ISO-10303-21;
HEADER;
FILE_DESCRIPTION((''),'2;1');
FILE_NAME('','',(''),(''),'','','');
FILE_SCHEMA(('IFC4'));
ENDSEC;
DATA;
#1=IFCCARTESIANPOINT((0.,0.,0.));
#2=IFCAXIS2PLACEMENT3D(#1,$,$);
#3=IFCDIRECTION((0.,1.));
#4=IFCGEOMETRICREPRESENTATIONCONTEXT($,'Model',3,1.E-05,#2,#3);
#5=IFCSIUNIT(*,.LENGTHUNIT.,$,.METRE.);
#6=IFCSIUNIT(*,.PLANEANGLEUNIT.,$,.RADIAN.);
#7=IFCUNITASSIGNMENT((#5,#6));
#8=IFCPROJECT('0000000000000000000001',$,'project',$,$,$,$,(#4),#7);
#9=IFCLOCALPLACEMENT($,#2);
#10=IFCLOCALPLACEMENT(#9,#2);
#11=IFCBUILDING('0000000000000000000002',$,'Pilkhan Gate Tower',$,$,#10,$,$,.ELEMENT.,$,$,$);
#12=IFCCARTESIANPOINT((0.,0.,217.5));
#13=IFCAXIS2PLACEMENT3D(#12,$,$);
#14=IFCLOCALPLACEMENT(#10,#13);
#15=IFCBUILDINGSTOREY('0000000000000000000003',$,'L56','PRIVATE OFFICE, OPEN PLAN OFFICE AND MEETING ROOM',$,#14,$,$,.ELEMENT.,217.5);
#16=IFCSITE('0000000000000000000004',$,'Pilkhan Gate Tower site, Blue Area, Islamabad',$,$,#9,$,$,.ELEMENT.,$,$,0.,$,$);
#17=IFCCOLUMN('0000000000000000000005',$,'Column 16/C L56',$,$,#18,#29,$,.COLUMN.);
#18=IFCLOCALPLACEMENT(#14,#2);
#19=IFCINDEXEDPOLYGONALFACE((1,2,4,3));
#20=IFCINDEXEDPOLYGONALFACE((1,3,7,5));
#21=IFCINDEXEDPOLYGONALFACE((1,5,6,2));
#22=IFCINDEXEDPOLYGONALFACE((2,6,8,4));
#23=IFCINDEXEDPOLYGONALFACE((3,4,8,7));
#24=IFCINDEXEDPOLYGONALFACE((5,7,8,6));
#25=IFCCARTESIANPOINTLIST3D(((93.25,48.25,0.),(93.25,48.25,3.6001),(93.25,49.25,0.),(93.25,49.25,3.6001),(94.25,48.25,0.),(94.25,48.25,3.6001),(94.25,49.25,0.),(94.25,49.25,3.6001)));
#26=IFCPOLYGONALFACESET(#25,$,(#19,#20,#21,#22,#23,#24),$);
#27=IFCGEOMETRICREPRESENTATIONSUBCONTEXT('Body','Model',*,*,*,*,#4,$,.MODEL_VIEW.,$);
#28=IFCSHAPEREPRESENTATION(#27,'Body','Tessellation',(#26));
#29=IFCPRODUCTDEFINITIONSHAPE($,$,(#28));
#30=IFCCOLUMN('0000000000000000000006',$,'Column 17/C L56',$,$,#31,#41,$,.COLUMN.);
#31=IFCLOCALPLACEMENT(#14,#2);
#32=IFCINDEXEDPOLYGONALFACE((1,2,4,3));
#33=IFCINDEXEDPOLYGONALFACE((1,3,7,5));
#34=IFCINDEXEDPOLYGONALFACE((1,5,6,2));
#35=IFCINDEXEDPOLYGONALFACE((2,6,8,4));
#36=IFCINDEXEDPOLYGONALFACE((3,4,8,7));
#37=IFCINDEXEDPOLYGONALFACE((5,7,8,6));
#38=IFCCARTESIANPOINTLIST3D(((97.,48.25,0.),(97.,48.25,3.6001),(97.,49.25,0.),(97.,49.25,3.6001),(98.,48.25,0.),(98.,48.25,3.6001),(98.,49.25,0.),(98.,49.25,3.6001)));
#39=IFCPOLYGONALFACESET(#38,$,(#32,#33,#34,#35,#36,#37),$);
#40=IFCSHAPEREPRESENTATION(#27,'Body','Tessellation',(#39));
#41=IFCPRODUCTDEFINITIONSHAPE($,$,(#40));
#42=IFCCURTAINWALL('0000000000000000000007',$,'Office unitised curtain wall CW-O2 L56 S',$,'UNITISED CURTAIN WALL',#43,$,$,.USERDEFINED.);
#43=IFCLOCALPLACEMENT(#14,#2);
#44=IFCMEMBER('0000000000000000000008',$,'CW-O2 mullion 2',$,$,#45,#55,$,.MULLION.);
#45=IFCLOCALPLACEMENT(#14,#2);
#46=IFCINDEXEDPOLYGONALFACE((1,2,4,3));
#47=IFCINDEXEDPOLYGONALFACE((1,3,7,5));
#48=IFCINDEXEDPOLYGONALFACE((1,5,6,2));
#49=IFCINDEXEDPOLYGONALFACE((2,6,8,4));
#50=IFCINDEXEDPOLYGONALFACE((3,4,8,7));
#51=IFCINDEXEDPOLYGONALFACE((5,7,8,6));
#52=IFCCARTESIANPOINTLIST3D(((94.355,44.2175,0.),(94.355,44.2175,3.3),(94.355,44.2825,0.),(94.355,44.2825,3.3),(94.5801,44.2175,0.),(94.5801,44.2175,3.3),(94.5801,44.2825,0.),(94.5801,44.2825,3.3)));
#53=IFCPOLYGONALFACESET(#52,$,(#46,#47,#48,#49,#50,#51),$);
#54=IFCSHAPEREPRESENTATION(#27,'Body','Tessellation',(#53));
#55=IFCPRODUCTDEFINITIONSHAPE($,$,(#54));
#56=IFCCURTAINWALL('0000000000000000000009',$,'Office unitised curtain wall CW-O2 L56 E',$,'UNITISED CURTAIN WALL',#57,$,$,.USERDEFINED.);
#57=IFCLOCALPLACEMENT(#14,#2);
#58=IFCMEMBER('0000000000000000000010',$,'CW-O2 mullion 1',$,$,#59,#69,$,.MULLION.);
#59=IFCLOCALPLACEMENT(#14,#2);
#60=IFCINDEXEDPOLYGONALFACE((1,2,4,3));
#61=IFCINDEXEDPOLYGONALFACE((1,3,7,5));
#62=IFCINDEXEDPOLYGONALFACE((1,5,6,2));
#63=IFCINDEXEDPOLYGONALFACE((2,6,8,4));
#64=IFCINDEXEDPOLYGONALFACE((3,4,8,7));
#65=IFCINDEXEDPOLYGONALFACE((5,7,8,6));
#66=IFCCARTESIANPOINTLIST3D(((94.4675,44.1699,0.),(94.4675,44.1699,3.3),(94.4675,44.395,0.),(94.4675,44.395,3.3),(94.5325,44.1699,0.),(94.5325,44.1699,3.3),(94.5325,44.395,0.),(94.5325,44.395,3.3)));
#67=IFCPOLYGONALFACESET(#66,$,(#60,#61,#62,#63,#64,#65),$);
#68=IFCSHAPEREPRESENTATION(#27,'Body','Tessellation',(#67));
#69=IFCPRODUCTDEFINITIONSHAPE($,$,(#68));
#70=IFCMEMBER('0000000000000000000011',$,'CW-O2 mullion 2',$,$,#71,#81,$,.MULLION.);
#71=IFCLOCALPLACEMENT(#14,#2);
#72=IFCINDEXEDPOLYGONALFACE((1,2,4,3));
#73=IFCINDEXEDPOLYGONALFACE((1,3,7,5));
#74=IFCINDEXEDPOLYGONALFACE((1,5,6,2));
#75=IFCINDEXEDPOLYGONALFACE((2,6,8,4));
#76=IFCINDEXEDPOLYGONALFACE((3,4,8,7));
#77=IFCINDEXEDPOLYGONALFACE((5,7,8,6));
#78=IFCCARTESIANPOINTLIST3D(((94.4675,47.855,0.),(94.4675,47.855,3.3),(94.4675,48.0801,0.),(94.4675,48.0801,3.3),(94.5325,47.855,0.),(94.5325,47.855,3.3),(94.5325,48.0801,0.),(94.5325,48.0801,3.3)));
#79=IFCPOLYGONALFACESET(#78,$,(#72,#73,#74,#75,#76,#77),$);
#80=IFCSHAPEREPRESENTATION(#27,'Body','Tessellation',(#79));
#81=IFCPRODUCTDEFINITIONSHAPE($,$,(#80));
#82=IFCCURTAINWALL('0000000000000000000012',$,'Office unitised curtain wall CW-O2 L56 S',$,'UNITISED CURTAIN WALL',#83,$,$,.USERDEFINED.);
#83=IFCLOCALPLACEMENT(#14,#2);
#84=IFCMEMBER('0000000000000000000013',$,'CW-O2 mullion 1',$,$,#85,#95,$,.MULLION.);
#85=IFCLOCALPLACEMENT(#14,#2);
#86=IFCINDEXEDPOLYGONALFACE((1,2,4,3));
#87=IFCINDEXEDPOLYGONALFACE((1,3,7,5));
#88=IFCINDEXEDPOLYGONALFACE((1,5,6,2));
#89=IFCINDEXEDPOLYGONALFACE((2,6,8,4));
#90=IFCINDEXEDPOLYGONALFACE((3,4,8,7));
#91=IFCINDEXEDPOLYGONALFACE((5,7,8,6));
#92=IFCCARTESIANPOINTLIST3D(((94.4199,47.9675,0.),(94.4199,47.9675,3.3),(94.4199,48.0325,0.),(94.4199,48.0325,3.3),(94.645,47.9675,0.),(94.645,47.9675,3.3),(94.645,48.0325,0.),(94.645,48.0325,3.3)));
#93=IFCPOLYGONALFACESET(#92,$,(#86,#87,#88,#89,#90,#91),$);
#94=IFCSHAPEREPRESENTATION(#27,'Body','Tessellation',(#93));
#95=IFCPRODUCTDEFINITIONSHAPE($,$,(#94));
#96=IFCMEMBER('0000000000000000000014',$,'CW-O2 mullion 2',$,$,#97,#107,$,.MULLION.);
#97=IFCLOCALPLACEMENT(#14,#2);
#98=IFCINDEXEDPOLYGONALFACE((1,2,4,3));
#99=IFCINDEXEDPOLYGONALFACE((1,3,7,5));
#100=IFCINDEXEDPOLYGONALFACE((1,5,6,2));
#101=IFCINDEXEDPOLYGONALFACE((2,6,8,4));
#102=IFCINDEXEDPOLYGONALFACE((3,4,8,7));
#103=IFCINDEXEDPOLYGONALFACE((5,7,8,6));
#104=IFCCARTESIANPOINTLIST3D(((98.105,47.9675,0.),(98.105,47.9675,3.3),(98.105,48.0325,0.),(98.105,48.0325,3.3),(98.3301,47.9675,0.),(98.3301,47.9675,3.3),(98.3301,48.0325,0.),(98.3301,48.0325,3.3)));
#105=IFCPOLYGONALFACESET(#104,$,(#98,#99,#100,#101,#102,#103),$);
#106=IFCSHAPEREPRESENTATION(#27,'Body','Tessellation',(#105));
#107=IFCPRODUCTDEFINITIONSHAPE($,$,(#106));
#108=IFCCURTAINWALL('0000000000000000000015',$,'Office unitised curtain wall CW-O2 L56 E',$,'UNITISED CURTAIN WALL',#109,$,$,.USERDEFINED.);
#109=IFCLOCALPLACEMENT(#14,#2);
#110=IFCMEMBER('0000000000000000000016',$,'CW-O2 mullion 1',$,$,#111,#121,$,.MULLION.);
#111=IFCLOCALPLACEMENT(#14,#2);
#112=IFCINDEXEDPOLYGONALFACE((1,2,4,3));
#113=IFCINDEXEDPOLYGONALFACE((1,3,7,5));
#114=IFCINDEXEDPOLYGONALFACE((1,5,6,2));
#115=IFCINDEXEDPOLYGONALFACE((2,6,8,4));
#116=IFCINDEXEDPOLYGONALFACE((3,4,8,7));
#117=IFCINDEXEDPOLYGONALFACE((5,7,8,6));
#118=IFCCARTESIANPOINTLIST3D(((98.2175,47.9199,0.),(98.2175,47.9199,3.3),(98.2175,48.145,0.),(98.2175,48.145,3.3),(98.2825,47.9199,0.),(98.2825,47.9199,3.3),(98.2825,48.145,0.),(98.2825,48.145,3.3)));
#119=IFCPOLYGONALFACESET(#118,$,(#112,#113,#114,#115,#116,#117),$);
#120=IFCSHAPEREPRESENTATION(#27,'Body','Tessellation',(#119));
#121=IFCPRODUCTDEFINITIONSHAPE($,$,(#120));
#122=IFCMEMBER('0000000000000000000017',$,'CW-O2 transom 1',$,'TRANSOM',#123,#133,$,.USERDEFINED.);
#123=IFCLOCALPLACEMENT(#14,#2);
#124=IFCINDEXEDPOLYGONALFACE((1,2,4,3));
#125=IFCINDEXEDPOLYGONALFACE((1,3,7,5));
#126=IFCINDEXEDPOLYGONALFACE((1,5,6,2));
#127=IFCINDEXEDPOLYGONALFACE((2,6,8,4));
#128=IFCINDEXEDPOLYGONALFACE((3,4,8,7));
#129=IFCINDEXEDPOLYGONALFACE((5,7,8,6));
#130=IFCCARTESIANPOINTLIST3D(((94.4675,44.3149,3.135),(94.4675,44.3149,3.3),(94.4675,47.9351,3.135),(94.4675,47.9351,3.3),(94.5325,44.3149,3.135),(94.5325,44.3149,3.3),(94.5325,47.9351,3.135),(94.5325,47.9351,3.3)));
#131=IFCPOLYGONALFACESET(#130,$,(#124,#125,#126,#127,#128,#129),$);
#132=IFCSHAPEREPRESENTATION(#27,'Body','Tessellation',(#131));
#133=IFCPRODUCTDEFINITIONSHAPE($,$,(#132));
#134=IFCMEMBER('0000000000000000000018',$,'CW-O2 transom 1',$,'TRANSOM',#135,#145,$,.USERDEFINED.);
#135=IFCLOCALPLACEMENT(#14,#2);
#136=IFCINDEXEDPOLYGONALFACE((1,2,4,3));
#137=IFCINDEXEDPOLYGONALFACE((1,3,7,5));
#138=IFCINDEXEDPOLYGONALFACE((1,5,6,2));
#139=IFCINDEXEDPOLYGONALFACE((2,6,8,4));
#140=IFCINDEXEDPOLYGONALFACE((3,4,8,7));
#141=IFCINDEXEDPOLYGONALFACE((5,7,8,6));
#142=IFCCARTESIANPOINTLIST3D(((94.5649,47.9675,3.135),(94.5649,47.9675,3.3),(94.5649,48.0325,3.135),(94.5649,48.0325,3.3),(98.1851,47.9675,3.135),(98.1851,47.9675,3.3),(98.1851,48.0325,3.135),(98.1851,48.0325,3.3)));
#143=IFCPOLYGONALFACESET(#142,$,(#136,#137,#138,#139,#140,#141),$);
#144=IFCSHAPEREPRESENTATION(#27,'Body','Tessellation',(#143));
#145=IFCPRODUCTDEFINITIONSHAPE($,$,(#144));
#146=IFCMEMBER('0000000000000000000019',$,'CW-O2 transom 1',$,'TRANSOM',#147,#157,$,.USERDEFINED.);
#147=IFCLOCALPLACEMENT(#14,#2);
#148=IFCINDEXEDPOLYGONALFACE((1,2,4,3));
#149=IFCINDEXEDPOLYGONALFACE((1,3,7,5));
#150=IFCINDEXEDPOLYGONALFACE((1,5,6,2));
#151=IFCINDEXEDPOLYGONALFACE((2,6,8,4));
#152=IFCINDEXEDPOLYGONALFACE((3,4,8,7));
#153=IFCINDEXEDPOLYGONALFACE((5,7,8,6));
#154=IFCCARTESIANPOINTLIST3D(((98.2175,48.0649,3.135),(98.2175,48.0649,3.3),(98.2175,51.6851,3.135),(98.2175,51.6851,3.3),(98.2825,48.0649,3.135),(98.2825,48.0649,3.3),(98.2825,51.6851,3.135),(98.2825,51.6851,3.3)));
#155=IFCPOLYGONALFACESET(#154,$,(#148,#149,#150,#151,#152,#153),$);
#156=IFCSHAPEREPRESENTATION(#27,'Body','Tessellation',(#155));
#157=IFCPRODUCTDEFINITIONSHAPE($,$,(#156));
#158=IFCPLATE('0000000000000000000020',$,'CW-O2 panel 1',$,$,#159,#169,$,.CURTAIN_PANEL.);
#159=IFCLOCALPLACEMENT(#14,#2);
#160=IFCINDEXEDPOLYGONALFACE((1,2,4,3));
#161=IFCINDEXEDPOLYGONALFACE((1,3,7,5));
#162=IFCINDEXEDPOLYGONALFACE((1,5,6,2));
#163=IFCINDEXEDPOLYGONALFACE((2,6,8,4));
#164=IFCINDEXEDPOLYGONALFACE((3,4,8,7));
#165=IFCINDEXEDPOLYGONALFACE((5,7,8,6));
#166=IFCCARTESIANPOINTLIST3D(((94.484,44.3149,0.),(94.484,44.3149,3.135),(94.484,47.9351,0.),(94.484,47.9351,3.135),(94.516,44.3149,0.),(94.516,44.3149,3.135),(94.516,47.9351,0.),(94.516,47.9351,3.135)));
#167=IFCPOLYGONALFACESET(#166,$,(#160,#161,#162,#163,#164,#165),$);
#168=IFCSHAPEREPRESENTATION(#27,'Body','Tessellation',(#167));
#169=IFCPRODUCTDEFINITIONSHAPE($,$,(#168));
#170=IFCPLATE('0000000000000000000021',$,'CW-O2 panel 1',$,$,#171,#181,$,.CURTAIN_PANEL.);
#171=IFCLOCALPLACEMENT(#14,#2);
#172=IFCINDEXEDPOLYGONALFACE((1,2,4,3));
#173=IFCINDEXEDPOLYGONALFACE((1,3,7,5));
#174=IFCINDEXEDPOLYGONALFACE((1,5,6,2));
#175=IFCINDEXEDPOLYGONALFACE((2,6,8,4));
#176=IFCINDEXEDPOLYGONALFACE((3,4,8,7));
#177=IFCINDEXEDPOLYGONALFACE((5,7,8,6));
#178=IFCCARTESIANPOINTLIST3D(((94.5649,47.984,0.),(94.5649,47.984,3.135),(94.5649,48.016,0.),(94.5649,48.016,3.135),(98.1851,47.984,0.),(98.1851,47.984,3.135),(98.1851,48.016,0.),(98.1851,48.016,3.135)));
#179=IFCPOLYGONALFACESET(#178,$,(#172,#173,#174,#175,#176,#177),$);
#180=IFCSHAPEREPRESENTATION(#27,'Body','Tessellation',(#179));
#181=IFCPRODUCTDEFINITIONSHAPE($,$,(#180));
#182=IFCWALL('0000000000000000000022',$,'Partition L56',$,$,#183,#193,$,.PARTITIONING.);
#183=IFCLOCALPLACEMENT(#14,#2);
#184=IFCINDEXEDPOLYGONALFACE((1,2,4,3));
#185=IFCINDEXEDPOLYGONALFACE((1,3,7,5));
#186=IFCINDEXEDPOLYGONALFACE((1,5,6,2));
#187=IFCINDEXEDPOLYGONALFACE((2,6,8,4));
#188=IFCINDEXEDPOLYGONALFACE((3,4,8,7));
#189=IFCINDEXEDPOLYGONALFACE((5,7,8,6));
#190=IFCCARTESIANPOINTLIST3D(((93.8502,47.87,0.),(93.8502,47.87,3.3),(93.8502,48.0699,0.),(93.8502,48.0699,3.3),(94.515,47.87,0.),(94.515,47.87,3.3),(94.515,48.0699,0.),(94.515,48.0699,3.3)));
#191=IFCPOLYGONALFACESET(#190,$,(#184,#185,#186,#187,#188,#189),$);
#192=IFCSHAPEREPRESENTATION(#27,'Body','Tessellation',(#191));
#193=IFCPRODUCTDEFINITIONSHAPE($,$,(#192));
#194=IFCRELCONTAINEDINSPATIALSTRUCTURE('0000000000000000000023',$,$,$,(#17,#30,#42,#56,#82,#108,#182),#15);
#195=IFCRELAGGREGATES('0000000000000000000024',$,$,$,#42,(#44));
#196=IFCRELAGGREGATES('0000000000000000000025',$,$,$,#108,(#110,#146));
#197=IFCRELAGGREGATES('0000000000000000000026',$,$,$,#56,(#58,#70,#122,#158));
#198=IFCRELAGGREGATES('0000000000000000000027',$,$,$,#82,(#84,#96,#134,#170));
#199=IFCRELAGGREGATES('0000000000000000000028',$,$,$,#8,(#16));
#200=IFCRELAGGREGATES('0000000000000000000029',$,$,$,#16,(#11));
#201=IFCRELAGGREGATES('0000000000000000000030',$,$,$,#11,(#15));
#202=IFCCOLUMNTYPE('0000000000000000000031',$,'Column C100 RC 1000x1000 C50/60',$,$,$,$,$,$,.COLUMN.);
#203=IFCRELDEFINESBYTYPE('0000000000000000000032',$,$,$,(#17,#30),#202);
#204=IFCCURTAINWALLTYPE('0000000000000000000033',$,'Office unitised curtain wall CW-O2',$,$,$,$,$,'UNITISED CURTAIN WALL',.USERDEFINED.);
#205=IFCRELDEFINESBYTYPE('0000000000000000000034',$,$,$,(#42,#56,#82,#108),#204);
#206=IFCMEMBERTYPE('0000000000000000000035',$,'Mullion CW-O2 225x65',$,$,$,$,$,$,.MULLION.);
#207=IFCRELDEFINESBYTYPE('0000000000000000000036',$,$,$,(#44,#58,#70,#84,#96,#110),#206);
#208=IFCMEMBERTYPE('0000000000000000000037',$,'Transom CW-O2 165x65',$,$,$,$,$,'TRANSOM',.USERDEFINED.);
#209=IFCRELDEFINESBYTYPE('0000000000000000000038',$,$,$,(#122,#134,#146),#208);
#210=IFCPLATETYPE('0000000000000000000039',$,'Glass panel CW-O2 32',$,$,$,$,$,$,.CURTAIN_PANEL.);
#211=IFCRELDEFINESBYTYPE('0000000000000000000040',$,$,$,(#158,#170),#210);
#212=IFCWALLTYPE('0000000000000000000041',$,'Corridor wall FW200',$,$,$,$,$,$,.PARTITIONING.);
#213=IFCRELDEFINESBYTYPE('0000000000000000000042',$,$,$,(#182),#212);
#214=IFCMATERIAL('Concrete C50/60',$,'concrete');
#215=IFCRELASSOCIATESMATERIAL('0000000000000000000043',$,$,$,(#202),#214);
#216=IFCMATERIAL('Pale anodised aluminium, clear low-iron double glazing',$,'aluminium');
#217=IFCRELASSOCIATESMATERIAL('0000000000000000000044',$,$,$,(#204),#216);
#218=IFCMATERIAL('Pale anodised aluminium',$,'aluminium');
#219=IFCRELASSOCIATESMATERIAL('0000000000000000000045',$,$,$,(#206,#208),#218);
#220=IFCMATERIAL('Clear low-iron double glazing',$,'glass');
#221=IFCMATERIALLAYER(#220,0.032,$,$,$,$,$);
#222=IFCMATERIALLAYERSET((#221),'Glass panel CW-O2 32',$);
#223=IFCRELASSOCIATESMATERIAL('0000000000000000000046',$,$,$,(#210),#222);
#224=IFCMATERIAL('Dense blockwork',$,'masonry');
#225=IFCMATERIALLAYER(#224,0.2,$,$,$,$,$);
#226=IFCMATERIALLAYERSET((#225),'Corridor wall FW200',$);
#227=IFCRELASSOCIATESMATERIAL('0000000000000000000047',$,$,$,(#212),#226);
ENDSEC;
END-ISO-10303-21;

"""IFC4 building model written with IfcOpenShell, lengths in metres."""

from ifc_helpers import new_model, si_unit, direction, frame, frame_2d, origin, origin_2d, place, context, subcontext, project, spatial, rectangle, extrude, material, layer, layer_set, material_profile, profile_set, type_object, element, aggregate, save


model = new_model("IFC4")

# Units and contexts
model_context = context("Model", 3, precision=1e-05, world=origin(), true_north=direction((0.0, 1.0)))
body_context = subcontext(model_context, "Body", "Model", "MODEL_VIEW")
ifc_project = project(units=[si_unit("LENGTHUNIT", "METRE"), si_unit("PLANEANGLEUNIT", "RADIAN")], contexts=[model_context])

# Site, building, storey
site_placement = place(None, origin())
site = spatial("IfcSite", under=ifc_project, at=site_placement, Name="Pilkhan Gate Tower site, Blue Area, Islamabad", CompositionType="ELEMENT", RefElevation=0.0)
building_placement = place(site_placement, origin())
building = spatial("IfcBuilding", under=site, at=building_placement, Name="Pilkhan Gate Tower", CompositionType="ELEMENT")
storey_placement = place(building_placement, frame((0.0, 0.0, 217.5)))
storey = spatial("IfcBuildingStorey", under=building, at=storey_placement, Name="L56", Description="PRIVATE OFFICE, OPEN PLAN OFFICE AND MEETING ROOM", CompositionType="ELEMENT", Elevation=217.5)

# Columns
ifc_material_1 = material(Name="Concrete C50/60", Category="concrete")
ifc_material_profile_1 = material_profile(ifc_material_1, rectangle(XDim=1.0, YDim=1.0, at=origin_2d()), Name="RC 1000x1000")
ifc_profile_set_1 = profile_set([ifc_material_profile_1], Name="Concrete C50/60")
column_type = type_object("IfcColumnType", Name="Column C100 RC 1000x1000 C50/60", PredefinedType="COLUMN", material=ifc_profile_set_1)
for number, where, z_axis, x_axis, name in (
    (1, (93.75, 48.75, 0.0), (0.0, 0.0, 1.0), (1.0, 0.0, 0.0), "Column 16/C L56"),
    (2, (97.5, 48.75, 0.0), (0.0, 0.0, 1.0), (1.0, 0.0, 0.0), "Column 17/C L56"),
):
    element("IfcColumn", number, at=place(storey_placement, frame(where, z_axis=z_axis, x_axis=x_axis)), inside=storey, type_object=column_type, Name=name, PredefinedType="COLUMN", context=body_context, shape_type="SweptSolid", body=[
        extrude(rectangle(XDim=1.0, YDim=1.0, at=origin_2d()), origin(), (0.0, 0.0, 1.0), 3.6001),
    ])

# Curtain wall, member
ifc_material_2 = material(Name="Pale anodised aluminium, clear low-iron double glazing", Category="aluminium")
curtain_wall_type = type_object("IfcCurtainWallType", Name="Office unitised curtain wall CW-O2", ElementType="UNITISED CURTAIN WALL", PredefinedType="USERDEFINED", material=ifc_material_2)
curtain_wall_1_placement = place(storey_placement, origin())
curtain_wall_1 = element("IfcCurtainWall", 3, at=curtain_wall_1_placement, inside=storey, type_object=curtain_wall_type, Name="Office unitised curtain wall CW-O2 L56 S", ObjectType="UNITISED CURTAIN WALL", PredefinedType="USERDEFINED")
ifc_material_3 = material(Name="Pale anodised aluminium", Category="aluminium")
ifc_material_profile_2 = material_profile(ifc_material_3, rectangle(XDim=0.0649, YDim=0.2251, at=origin_2d()), Name="Mullion 225x65")
ifc_profile_set_2 = profile_set([ifc_material_profile_2], Name="Pale anodised aluminium")
member_type_1 = type_object("IfcMemberType", Name="Mullion CW-O2 225x65", PredefinedType="MULLION", material=ifc_profile_set_2)
member_1_placement = place(storey_placement, frame((94.4675, 44.25, 0.0), z_axis=(0.0, 0.0, 1.0), x_axis=(0.0, 1.0, 0.0)))
member_1 = element("IfcMember", 4, at=member_1_placement, type_object=member_type_1, Name="CW-O2 mullion 2", PredefinedType="MULLION", context=body_context, shape_type="SweptSolid", body=[
    extrude(rectangle(XDim=0.0649, YDim=0.2251, at=origin_2d()), origin(), (0.0, 0.0, 1.0), 3.3),
])
aggregate(curtain_wall_1, [member_1])

# Curtain walls, members
curtain_wall_2_placement = place(storey_placement, origin())
curtain_wall_2 = element("IfcCurtainWall", 5, at=curtain_wall_2_placement, inside=storey, type_object=curtain_wall_type, Name="Office unitised curtain wall CW-O2 L56 E", ObjectType="UNITISED CURTAIN WALL", PredefinedType="USERDEFINED")
member_2_placement = place(storey_placement, frame((94.5, 44.2825, 0.0), z_axis=(0.0, 0.0, 1.0), x_axis=(-1.0, 0.0, 0.0)))
member_2 = element("IfcMember", 6, at=member_2_placement, type_object=member_type_1, Name="CW-O2 mullion 1", PredefinedType="MULLION", context=body_context, shape_type="SweptSolid", body=[
    extrude(rectangle(XDim=0.0649, YDim=0.2251, at=origin_2d()), origin(), (0.0, 0.0, 1.0), 3.3),
])
member_3_placement = place(storey_placement, frame((94.5, 47.9675, 0.0), z_axis=(0.0, 0.0, 1.0), x_axis=(-1.0, 0.0, 0.0)))
member_3 = element("IfcMember", 7, at=member_3_placement, type_object=member_type_1, Name="CW-O2 mullion 2", PredefinedType="MULLION", context=body_context, shape_type="SweptSolid", body=[
    extrude(rectangle(XDim=0.0649, YDim=0.2251, at=origin_2d()), origin(), (0.0, 0.0, 1.0), 3.3),
])
curtain_wall_3_placement = place(storey_placement, origin())
curtain_wall_3 = element("IfcCurtainWall", 8, at=curtain_wall_3_placement, inside=storey, type_object=curtain_wall_type, Name="Office unitised curtain wall CW-O2 L56 S", ObjectType="UNITISED CURTAIN WALL", PredefinedType="USERDEFINED")
member_4_placement = place(storey_placement, frame((94.5325, 48.0, 0.0), z_axis=(0.0, 0.0, 1.0), x_axis=(0.0, 1.0, 0.0)))
member_4 = element("IfcMember", 9, at=member_4_placement, type_object=member_type_1, Name="CW-O2 mullion 1", PredefinedType="MULLION", context=body_context, shape_type="SweptSolid", body=[
    extrude(rectangle(XDim=0.0649, YDim=0.2251, at=origin_2d()), origin(), (0.0, 0.0, 1.0), 3.3),
])
member_5_placement = place(storey_placement, frame((98.2175, 48.0, 0.0), z_axis=(0.0, 0.0, 1.0), x_axis=(0.0, 1.0, 0.0)))
member_5 = element("IfcMember", 10, at=member_5_placement, type_object=member_type_1, Name="CW-O2 mullion 2", PredefinedType="MULLION", context=body_context, shape_type="SweptSolid", body=[
    extrude(rectangle(XDim=0.0649, YDim=0.2251, at=origin_2d()), origin(), (0.0, 0.0, 1.0), 3.3),
])

# Curtain wall, member
curtain_wall_4_placement = place(storey_placement, origin())
curtain_wall_4 = element("IfcCurtainWall", 11, at=curtain_wall_4_placement, inside=storey, type_object=curtain_wall_type, Name="Office unitised curtain wall CW-O2 L56 E", ObjectType="UNITISED CURTAIN WALL", PredefinedType="USERDEFINED")
member_6_placement = place(storey_placement, frame((98.25, 48.0325, 0.0), z_axis=(0.0, 0.0, 1.0), x_axis=(-1.0, 0.0, 0.0)))
member_6 = element("IfcMember", 12, at=member_6_placement, type_object=member_type_1, Name="CW-O2 mullion 1", PredefinedType="MULLION", context=body_context, shape_type="SweptSolid", body=[
    extrude(rectangle(XDim=0.0649, YDim=0.2251, at=origin_2d()), origin(), (0.0, 0.0, 1.0), 3.3),
])

# Members
ifc_material_profile_3 = material_profile(ifc_material_3, rectangle(XDim=0.0649, YDim=0.165, at=origin_2d()), Name="Transom 165x65")
ifc_profile_set_3 = profile_set([ifc_material_profile_3], Name="Pale anodised aluminium")
member_type_2 = type_object("IfcMemberType", Name="Transom CW-O2 165x65", ElementType="TRANSOM", PredefinedType="USERDEFINED", material=ifc_profile_set_3)
member_7_placement = place(storey_placement, frame((94.5, 44.3149, 3.2175), z_axis=(0.0, 1.0, 0.0), x_axis=(-1.0, 0.0, 0.0)))
member_7 = element("IfcMember", 13, at=member_7_placement, type_object=member_type_2, Name="CW-O2 transom 1", ObjectType="TRANSOM", PredefinedType="USERDEFINED", context=body_context, shape_type="SweptSolid", body=[
    extrude(rectangle(XDim=0.0649, YDim=0.165, at=origin_2d()), origin(), (0.0, 0.0, 1.0), 3.6201),
])
member_8_placement = place(storey_placement, frame((94.5649, 48.0, 3.2175), z_axis=(1.0, 0.0, 0.0), x_axis=(0.0, 1.0, 0.0)))
member_8 = element("IfcMember", 14, at=member_8_placement, type_object=member_type_2, Name="CW-O2 transom 1", ObjectType="TRANSOM", PredefinedType="USERDEFINED", context=body_context, shape_type="SweptSolid", body=[
    extrude(rectangle(XDim=0.0649, YDim=0.165, at=origin_2d()), origin(), (0.0, 0.0, 1.0), 3.6201),
])
member_9_placement = place(storey_placement, frame((98.25, 48.0649, 3.2175), z_axis=(0.0, 1.0, 0.0), x_axis=(-1.0, 0.0, 0.0)))
member_9 = element("IfcMember", 15, at=member_9_placement, type_object=member_type_2, Name="CW-O2 transom 1", ObjectType="TRANSOM", PredefinedType="USERDEFINED", context=body_context, shape_type="SweptSolid", body=[
    extrude(rectangle(XDim=0.0649, YDim=0.165, at=origin_2d()), origin(), (0.0, 0.0, 1.0), 3.6201),
])
aggregate(curtain_wall_4, [member_6, member_9])

# Plates
ifc_material_4 = material(Name="Clear low-iron double glazing", Category="glass")
ifc_layer_1 = layer(ifc_material_4, 0.032)
ifc_layer_set_1 = layer_set([ifc_layer_1], Name="Glass panel CW-O2 32")
plate_type = type_object("IfcPlateType", Name="Glass panel CW-O2 32", PredefinedType="CURTAIN_PANEL", material=ifc_layer_set_1)
plate_1_placement = place(storey_placement, frame((94.5, 46.125, 0.0), z_axis=(0.0, 0.0, 1.0), x_axis=(0.0, 1.0, 0.0)))
plate_1 = element("IfcPlate", 16, at=plate_1_placement, type_object=plate_type, Name="CW-O2 panel 1", PredefinedType="CURTAIN_PANEL", context=body_context, shape_type="SweptSolid", body=[
    extrude(rectangle(XDim=3.6201, YDim=0.032, at=origin_2d()), origin(), (0.0, 0.0, 1.0), 3.135),
])
aggregate(curtain_wall_2, [member_2, member_3, member_7, plate_1])
plate_2_placement = place(storey_placement, frame((96.375, 48.0, 0.0), z_axis=(0.0, 0.0, 1.0), x_axis=(1.0, 0.0, 0.0)))
plate_2 = element("IfcPlate", 17, at=plate_2_placement, type_object=plate_type, Name="CW-O2 panel 1", PredefinedType="CURTAIN_PANEL", context=body_context, shape_type="SweptSolid", body=[
    extrude(rectangle(XDim=3.6201, YDim=0.032, at=origin_2d()), origin(), (0.0, 0.0, 1.0), 3.135),
])
aggregate(curtain_wall_3, [member_4, member_5, member_8, plate_2])

# Wall
ifc_material_5 = material(Name="Dense blockwork", Category="masonry")
ifc_layer_2 = layer(ifc_material_5, 0.2)
ifc_layer_set_2 = layer_set([ifc_layer_2], Name="Corridor wall FW200")
wall_type = type_object("IfcWallType", Name="Corridor wall FW200", PredefinedType="PARTITIONING", material=ifc_layer_set_2)
wall_1_placement = place(storey_placement, frame((93.8501, 47.97, 0.0), z_axis=(0.0, 0.0, 1.0), x_axis=(1.0, 0.0, 0.0)))
element("IfcWall", 18, at=wall_1_placement, inside=storey, type_object=wall_type, Name="Partition L56", PredefinedType="PARTITIONING", context=body_context, shape_type="SweptSolid", body=[
    extrude(rectangle(XDim=0.6648, YDim=0.2, at=frame_2d((0.3325, 0.0))), origin(), (0.0, 0.0, 1.0), 3.3),
])

save(model, "model.ifc")
